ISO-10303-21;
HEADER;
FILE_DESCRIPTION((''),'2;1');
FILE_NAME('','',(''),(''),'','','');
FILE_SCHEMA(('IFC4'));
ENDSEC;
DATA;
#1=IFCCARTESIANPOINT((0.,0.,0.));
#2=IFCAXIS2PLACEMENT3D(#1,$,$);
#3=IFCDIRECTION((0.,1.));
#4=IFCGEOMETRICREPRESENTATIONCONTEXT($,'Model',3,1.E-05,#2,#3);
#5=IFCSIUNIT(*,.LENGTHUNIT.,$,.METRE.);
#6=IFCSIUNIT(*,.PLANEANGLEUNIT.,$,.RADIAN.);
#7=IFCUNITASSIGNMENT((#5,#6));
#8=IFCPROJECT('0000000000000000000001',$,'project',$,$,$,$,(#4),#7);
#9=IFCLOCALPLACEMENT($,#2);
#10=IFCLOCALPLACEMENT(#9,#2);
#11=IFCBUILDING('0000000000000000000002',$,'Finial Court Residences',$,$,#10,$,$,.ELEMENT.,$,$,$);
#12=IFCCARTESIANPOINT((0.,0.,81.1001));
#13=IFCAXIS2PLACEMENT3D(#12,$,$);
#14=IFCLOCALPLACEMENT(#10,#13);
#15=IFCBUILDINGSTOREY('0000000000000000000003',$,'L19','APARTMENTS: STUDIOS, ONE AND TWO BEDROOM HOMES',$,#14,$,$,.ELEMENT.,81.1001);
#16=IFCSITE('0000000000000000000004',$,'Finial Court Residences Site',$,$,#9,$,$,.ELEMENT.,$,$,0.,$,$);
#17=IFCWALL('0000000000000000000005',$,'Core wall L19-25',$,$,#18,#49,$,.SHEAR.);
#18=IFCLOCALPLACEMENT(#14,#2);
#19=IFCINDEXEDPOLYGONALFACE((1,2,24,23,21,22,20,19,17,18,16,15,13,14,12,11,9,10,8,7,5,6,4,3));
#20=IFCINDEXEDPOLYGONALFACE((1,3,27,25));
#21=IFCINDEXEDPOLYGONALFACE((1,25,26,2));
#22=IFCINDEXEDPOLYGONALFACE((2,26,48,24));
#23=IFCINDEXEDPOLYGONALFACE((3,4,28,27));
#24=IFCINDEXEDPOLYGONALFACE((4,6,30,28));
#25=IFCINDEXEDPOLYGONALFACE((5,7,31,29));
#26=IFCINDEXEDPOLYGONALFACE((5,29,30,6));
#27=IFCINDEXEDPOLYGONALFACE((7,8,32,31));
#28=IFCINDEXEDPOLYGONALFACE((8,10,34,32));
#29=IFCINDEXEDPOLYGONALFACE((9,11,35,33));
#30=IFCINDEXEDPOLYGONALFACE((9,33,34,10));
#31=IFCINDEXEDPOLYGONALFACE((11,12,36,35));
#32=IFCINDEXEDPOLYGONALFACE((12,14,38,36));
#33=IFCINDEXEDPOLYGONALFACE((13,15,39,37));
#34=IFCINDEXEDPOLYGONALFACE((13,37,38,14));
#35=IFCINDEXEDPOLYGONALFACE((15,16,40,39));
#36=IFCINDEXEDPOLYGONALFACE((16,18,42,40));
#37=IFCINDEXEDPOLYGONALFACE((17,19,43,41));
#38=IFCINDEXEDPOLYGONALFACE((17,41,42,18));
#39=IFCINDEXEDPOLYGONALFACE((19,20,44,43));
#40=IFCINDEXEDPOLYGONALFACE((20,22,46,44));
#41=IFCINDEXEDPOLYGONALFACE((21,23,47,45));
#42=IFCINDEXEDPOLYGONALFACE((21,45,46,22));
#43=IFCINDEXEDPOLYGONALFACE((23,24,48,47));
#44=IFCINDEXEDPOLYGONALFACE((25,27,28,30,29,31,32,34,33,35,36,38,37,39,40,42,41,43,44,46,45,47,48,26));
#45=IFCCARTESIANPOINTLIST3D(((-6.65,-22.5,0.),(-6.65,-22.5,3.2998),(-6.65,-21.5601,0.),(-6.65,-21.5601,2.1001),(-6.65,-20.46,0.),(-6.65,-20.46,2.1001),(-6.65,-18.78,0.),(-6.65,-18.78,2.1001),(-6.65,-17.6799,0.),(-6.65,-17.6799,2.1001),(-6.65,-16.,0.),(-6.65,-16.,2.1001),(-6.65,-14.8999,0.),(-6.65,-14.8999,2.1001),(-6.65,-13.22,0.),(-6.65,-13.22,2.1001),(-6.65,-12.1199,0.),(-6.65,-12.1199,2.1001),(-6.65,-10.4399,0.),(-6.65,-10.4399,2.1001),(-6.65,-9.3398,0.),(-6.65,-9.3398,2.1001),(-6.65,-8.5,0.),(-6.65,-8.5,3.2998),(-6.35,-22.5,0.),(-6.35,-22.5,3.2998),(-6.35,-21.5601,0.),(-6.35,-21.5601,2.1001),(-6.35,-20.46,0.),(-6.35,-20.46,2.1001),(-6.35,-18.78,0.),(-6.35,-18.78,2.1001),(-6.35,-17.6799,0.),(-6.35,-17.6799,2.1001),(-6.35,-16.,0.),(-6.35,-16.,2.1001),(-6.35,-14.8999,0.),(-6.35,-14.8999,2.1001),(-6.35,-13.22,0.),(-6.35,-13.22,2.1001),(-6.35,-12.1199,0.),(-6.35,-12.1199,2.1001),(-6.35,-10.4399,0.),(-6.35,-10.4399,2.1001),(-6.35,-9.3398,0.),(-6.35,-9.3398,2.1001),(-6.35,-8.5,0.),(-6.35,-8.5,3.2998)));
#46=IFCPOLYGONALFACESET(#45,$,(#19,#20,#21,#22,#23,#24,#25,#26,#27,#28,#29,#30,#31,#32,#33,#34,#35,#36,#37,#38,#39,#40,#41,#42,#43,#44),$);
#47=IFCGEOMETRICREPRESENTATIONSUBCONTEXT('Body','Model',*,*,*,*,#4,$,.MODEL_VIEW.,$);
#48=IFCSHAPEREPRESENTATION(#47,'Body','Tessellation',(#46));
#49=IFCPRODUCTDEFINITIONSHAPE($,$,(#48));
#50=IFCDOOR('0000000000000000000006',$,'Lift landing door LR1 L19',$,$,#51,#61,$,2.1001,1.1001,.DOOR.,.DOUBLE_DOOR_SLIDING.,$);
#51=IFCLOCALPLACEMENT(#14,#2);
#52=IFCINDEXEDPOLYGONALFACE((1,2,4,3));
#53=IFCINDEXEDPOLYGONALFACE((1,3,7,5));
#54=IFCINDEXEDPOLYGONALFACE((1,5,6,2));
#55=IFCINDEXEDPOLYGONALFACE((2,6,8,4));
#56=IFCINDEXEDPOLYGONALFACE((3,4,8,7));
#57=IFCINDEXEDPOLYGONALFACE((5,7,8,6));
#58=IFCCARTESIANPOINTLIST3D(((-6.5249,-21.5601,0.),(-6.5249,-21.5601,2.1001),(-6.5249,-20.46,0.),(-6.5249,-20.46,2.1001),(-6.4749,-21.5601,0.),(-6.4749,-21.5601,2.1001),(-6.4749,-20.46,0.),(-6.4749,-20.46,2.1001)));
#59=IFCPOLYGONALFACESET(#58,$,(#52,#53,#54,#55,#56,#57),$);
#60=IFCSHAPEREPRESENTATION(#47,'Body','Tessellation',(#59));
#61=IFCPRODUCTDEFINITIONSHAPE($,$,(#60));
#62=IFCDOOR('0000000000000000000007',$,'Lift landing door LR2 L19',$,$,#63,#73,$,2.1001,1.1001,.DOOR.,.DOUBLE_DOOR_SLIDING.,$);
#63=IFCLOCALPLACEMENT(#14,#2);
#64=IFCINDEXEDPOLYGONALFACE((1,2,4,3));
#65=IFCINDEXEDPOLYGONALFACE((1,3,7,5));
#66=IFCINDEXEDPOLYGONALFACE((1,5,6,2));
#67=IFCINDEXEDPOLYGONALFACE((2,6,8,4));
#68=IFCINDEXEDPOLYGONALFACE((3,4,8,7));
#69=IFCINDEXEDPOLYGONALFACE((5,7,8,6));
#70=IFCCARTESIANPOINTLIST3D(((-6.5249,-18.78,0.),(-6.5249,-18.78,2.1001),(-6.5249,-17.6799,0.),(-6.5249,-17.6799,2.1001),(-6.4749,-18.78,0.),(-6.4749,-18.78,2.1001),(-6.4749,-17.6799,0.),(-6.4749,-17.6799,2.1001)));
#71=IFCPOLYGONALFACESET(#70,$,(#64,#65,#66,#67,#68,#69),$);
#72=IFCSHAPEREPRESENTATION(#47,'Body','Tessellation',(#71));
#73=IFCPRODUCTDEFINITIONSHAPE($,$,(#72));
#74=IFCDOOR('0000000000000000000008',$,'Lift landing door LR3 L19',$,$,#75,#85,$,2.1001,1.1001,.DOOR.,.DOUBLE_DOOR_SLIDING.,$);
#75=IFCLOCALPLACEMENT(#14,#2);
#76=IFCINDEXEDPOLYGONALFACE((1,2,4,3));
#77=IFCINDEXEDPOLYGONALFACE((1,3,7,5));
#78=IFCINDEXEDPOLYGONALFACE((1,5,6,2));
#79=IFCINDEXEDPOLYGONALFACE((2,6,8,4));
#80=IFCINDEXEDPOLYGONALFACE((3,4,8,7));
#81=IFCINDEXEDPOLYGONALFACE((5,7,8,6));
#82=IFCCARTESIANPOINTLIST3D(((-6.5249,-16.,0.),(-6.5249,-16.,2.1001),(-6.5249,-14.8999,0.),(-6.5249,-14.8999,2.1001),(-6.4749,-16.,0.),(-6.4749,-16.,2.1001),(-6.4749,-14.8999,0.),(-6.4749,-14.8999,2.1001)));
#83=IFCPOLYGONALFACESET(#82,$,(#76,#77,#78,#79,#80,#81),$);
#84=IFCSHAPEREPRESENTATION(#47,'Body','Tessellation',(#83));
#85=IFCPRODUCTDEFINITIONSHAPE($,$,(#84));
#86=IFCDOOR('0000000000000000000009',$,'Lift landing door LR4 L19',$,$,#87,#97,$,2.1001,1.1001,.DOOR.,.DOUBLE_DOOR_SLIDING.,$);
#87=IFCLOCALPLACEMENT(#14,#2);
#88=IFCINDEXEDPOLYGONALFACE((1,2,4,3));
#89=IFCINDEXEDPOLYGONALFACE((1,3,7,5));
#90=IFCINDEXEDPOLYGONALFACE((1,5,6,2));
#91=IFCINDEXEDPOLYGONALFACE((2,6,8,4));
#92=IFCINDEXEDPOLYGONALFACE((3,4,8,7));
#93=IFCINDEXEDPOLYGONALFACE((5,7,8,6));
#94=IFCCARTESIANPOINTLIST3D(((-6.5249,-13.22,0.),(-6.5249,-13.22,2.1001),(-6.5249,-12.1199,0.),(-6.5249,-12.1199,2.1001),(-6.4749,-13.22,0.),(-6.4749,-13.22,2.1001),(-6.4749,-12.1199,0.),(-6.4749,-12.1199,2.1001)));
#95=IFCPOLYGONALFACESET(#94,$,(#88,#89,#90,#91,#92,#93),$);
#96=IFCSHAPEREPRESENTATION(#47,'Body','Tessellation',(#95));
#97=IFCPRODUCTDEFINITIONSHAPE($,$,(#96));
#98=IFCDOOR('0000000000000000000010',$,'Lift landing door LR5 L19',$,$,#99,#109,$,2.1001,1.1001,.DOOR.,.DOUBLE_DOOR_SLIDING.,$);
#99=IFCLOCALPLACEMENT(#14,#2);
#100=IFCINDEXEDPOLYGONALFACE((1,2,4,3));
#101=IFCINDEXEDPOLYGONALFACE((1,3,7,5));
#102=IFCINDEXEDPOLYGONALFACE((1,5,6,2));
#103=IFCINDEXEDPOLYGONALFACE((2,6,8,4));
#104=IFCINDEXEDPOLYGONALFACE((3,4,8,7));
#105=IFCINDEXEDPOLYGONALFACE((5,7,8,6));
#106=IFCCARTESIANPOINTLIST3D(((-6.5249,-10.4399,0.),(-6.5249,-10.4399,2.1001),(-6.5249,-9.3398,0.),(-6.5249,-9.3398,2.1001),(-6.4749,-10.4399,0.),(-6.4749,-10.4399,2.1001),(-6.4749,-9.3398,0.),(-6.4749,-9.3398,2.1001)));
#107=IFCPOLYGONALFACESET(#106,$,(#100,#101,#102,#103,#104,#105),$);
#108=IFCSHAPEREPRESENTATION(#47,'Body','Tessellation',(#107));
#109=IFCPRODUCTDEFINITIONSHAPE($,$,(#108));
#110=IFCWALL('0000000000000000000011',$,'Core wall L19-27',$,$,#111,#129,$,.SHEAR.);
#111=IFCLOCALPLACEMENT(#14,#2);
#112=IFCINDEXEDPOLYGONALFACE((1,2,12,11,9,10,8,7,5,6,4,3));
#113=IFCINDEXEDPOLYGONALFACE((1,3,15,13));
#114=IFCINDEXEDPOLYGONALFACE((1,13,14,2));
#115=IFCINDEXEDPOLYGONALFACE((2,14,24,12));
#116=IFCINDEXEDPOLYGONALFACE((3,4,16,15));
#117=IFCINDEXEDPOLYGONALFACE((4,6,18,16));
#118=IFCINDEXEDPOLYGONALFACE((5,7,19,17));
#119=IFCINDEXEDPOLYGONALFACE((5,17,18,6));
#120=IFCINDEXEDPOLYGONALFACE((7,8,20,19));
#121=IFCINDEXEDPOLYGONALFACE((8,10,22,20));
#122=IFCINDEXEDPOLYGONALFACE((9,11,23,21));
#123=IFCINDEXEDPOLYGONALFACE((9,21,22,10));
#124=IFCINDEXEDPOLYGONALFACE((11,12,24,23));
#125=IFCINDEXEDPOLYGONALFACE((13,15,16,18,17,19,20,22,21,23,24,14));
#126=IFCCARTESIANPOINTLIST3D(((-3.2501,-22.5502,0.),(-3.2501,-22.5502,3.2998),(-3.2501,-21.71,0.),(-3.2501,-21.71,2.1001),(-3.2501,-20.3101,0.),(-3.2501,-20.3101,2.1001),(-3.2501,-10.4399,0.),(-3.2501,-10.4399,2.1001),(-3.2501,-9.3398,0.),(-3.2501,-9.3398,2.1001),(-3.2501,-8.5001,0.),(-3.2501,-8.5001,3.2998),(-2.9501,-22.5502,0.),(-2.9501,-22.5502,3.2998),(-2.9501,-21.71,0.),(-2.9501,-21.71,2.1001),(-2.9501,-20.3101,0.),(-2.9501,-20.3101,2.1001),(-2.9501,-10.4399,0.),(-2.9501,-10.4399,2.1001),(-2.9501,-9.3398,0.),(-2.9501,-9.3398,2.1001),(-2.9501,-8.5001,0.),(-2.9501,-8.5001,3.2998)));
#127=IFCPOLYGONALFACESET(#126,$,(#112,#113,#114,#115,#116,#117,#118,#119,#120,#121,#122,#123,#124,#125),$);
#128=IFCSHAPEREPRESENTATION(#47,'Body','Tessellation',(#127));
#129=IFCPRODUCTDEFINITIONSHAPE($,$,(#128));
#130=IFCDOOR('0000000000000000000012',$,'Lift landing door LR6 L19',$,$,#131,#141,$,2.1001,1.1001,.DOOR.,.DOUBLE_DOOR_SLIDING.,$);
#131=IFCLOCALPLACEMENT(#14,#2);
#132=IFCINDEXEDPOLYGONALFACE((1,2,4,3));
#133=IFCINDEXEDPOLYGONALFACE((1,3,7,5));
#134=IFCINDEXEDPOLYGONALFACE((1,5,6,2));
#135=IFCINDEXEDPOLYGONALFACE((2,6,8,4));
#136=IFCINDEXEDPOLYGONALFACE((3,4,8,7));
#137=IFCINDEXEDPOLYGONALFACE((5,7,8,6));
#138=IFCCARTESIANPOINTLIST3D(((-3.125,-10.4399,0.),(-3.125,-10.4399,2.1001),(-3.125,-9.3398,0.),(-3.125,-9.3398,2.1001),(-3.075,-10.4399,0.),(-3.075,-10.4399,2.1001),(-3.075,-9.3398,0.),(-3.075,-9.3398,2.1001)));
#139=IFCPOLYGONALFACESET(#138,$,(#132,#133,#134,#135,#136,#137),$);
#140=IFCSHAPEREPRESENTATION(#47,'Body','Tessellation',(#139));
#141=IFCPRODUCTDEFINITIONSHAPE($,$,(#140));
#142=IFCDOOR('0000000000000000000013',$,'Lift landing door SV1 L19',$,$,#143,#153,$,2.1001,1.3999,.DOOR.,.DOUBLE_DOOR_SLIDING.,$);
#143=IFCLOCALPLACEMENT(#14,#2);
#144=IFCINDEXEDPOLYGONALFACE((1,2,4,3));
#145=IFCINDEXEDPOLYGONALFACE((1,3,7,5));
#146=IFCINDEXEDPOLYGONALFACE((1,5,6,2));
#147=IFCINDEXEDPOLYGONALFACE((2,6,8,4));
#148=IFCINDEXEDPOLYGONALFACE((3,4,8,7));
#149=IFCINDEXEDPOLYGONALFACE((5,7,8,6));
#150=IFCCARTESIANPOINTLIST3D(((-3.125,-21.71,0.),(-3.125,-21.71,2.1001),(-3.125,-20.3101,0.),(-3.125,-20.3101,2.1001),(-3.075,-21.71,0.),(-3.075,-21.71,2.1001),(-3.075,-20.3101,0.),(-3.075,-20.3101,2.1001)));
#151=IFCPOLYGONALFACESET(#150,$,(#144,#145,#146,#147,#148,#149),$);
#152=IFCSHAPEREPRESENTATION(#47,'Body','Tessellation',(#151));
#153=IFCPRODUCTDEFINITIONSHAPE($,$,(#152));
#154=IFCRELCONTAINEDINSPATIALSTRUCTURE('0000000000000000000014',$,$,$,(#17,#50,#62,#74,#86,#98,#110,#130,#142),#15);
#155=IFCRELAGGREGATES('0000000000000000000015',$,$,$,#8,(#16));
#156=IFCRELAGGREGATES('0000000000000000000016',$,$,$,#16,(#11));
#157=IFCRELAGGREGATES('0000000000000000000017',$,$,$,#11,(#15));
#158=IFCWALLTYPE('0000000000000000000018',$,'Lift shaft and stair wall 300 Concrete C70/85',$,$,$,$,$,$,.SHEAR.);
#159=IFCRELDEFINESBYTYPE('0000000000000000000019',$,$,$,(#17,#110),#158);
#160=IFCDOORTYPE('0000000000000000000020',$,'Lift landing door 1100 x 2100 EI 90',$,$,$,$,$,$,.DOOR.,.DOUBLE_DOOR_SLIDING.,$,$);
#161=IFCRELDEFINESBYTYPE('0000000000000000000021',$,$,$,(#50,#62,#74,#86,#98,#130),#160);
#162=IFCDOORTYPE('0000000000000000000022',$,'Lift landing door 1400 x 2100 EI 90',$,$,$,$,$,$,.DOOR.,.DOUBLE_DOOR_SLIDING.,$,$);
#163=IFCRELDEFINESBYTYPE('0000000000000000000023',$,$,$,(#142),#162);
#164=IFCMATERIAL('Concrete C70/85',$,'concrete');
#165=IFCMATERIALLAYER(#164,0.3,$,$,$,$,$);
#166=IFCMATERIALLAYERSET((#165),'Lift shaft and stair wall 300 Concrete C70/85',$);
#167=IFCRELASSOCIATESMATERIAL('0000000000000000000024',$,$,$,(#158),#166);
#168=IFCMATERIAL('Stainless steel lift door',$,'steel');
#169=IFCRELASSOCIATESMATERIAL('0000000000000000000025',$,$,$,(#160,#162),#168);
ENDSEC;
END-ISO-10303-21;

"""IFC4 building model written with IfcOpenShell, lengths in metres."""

from ifc_helpers import new_model, si_unit, direction, frame, frame_2d, origin, place, context, subcontext, project, spatial, rectangle, extrude, material, layer, layer_set, type_object, element, fill, save


model = new_model("IFC4")

# Units and contexts
model_context = context("Model", 3, precision=1e-05, world=origin(), true_north=direction((0.0, 1.0)))
body_context = subcontext(model_context, "Body", "Model", "MODEL_VIEW")
ifc_project = project(units=[si_unit("LENGTHUNIT", "METRE"), si_unit("PLANEANGLEUNIT", "RADIAN")], contexts=[model_context])

# Site, building, storey
site_placement = place(None, origin())
site = spatial("IfcSite", under=ifc_project, at=site_placement, Name="Finial Court Residences Site", CompositionType="ELEMENT", RefElevation=0.0)
building_placement = place(site_placement, origin())
building = spatial("IfcBuilding", under=site, at=building_placement, Name="Finial Court Residences", CompositionType="ELEMENT")
storey_placement = place(building_placement, frame((0.0, 0.0, 81.1001)))
storey = spatial("IfcBuildingStorey", under=building, at=storey_placement, Name="L19", Description="APARTMENTS: STUDIOS, ONE AND TWO BEDROOM HOMES", CompositionType="ELEMENT", Elevation=81.1001)

# Shared definitions
ifc_material_1 = material(Name="Concrete C70/85", Category="concrete")
ifc_layer_1 = layer(ifc_material_1, 0.3)
ifc_layer_set_1 = layer_set([ifc_layer_1], Name="Lift shaft and stair wall 300 Concrete C70/85")
wall_type_1 = type_object("IfcWallType", Name="Lift shaft and stair wall 300 Concrete C70/85", PredefinedType="SHEAR", material=ifc_layer_set_1)

# Walls, openings, doors
wall_1_placement = place(storey_placement, frame((-6.5, -22.5, 0.0), z_axis=(0.0, 0.0, 1.0), x_axis=(0.0, 1.0, 0.0)))
wall_1 = element("IfcWall", 1, at=wall_1_placement, inside=storey, type_object=wall_type_1, Name="Core wall L19-25", PredefinedType="SHEAR", context=body_context, shape_type="SweptSolid", body=[
    extrude(rectangle(XDim=14.0, YDim=0.3, at=frame_2d((7.0, 0.0))), origin(), (0.0, 0.0, 1.0), 3.2998),
])
opening_1_placement = place(wall_1_placement, frame((0.9399, 0.0, 0.0)))
opening_1 = element("IfcOpeningElement", 2, at=opening_1_placement, cuts=wall_1, PredefinedType="OPENING", context=body_context, shape_type="SweptSolid", body=[
    extrude(rectangle(XDim=1.1001, YDim=2.1001, at=frame_2d((0.55, 1.05))), frame((0.0, 0.1599, 0.0), z_axis=(0.0, -1.0, 0.0), x_axis=(1.0, 0.0, 0.0)), (0.0, 0.0, 1.0), 0.3201),
])
opening_2_placement = place(wall_1_placement, frame((3.72, 0.0, 0.0)))
opening_2 = element("IfcOpeningElement", 3, at=opening_2_placement, cuts=wall_1, PredefinedType="OPENING", context=body_context, shape_type="SweptSolid", body=[
    extrude(rectangle(XDim=1.1001, YDim=2.1001, at=frame_2d((0.55, 1.05))), frame((0.0, 0.1599, 0.0), z_axis=(0.0, -1.0, 0.0), x_axis=(1.0, 0.0, 0.0)), (0.0, 0.0, 1.0), 0.3201),
])
opening_3_placement = place(wall_1_placement, frame((6.5, 0.0, 0.0)))
opening_3 = element("IfcOpeningElement", 4, at=opening_3_placement, cuts=wall_1, PredefinedType="OPENING", context=body_context, shape_type="SweptSolid", body=[
    extrude(rectangle(XDim=1.1001, YDim=2.1001, at=frame_2d((0.55, 1.05))), frame((0.0, 0.1599, 0.0), z_axis=(0.0, -1.0, 0.0), x_axis=(1.0, 0.0, 0.0)), (0.0, 0.0, 1.0), 0.3201),
])
opening_4_placement = place(wall_1_placement, frame((9.28, 0.0, 0.0)))
opening_4 = element("IfcOpeningElement", 5, at=opening_4_placement, cuts=wall_1, PredefinedType="OPENING", context=body_context, shape_type="SweptSolid", body=[
    extrude(rectangle(XDim=1.1001, YDim=2.1001, at=frame_2d((0.55, 1.05))), frame((0.0, 0.1599, 0.0), z_axis=(0.0, -1.0, 0.0), x_axis=(1.0, 0.0, 0.0)), (0.0, 0.0, 1.0), 0.3201),
])
opening_5_placement = place(wall_1_placement, frame((12.0601, 0.0, 0.0)))
opening_5 = element("IfcOpeningElement", 6, at=opening_5_placement, cuts=wall_1, PredefinedType="OPENING", context=body_context, shape_type="SweptSolid", body=[
    extrude(rectangle(XDim=1.1001, YDim=2.1001, at=frame_2d((0.55, 1.05))), frame((0.0, 0.1599, 0.0), z_axis=(0.0, -1.0, 0.0), x_axis=(1.0, 0.0, 0.0)), (0.0, 0.0, 1.0), 0.3201),
])
ifc_material_2 = material(Name="Stainless steel lift door", Category="steel")
door_type_1 = type_object("IfcDoorType", Name="Lift landing door 1100 x 2100 EI 90", OperationType="DOUBLE_DOOR_SLIDING", PredefinedType="DOOR", material=ifc_material_2)
door_1_placement = place(opening_1_placement, origin())
door_1 = element("IfcDoor", 7, at=door_1_placement, inside=storey, type_object=door_type_1, Name="Lift landing door LR1 L19", OperationType="DOUBLE_DOOR_SLIDING", OverallHeight=2.1001, OverallWidth=1.1001, PredefinedType="DOOR", context=body_context, shape_type="SweptSolid", body=[
    extrude(rectangle(XDim=1.1001, YDim=2.1001, at=frame_2d((0.55, 1.05))), frame((0.0, 0.0249, 0.0), z_axis=(0.0, -1.0, 0.0), x_axis=(1.0, 0.0, 0.0)), (0.0, 0.0, 1.0), 0.05),
])
fill(opening_1, door_1)
door_2_placement = place(opening_2_placement, origin())
door_2 = element("IfcDoor", 8, at=door_2_placement, inside=storey, type_object=door_type_1, Name="Lift landing door LR2 L19", OperationType="DOUBLE_DOOR_SLIDING", OverallHeight=2.1001, OverallWidth=1.1001, PredefinedType="DOOR", context=body_context, shape_type="SweptSolid", body=[
    extrude(rectangle(XDim=1.1001, YDim=2.1001, at=frame_2d((0.55, 1.05))), frame((0.0, 0.0249, 0.0), z_axis=(0.0, -1.0, 0.0), x_axis=(1.0, 0.0, 0.0)), (0.0, 0.0, 1.0), 0.05),
])
fill(opening_2, door_2)
door_3_placement = place(opening_3_placement, origin())
door_3 = element("IfcDoor", 9, at=door_3_placement, inside=storey, type_object=door_type_1, Name="Lift landing door LR3 L19", OperationType="DOUBLE_DOOR_SLIDING", OverallHeight=2.1001, OverallWidth=1.1001, PredefinedType="DOOR", context=body_context, shape_type="SweptSolid", body=[
    extrude(rectangle(XDim=1.1001, YDim=2.1001, at=frame_2d((0.55, 1.05))), frame((0.0, 0.0249, 0.0), z_axis=(0.0, -1.0, 0.0), x_axis=(1.0, 0.0, 0.0)), (0.0, 0.0, 1.0), 0.05),
])
fill(opening_3, door_3)
door_4_placement = place(opening_4_placement, origin())
door_4 = element("IfcDoor", 10, at=door_4_placement, inside=storey, type_object=door_type_1, Name="Lift landing door LR4 L19", OperationType="DOUBLE_DOOR_SLIDING", OverallHeight=2.1001, OverallWidth=1.1001, PredefinedType="DOOR", context=body_context, shape_type="SweptSolid", body=[
    extrude(rectangle(XDim=1.1001, YDim=2.1001, at=frame_2d((0.55, 1.05))), frame((0.0, 0.0249, 0.0), z_axis=(0.0, -1.0, 0.0), x_axis=(1.0, 0.0, 0.0)), (0.0, 0.0, 1.0), 0.05),
])
fill(opening_4, door_4)
door_5_placement = place(opening_5_placement, origin())
door_5 = element("IfcDoor", 11, at=door_5_placement, inside=storey, type_object=door_type_1, Name="Lift landing door LR5 L19", OperationType="DOUBLE_DOOR_SLIDING", OverallHeight=2.1001, OverallWidth=1.1001, PredefinedType="DOOR", context=body_context, shape_type="SweptSolid", body=[
    extrude(rectangle(XDim=1.1001, YDim=2.1001, at=frame_2d((0.55, 1.05))), frame((0.0, 0.0249, 0.0), z_axis=(0.0, -1.0, 0.0), x_axis=(1.0, 0.0, 0.0)), (0.0, 0.0, 1.0), 0.05),
])
fill(opening_5, door_5)
wall_2_placement = place(storey_placement, frame((-3.1001, -22.55, 0.0), z_axis=(0.0, 0.0, 1.0), x_axis=(0.0, 1.0, 0.0)))
wall_2 = element("IfcWall", 12, at=wall_2_placement, inside=storey, type_object=wall_type_1, Name="Core wall L19-27", PredefinedType="SHEAR", context=body_context, shape_type="SweptSolid", body=[
    extrude(rectangle(XDim=14.05, YDim=0.3, at=frame_2d((7.0249, 0.0))), origin(), (0.0, 0.0, 1.0), 3.2998),
])
opening_6_placement = place(wall_2_placement, frame((12.1101, 0.0, 0.0)))
opening_6 = element("IfcOpeningElement", 13, at=opening_6_placement, cuts=wall_2, PredefinedType="OPENING", context=body_context, shape_type="SweptSolid", body=[
    extrude(rectangle(XDim=1.1001, YDim=2.1001, at=frame_2d((0.55, 1.05))), frame((0.0, 0.1599, 0.0), z_axis=(0.0, -1.0, 0.0), x_axis=(1.0, 0.0, 0.0)), (0.0, 0.0, 1.0), 0.3201),
])
opening_7_placement = place(wall_2_placement, frame((0.8401, 0.0, 0.0)))
opening_7 = element("IfcOpeningElement", 14, at=opening_7_placement, cuts=wall_2, PredefinedType="OPENING", context=body_context, shape_type="SweptSolid", body=[
    extrude(rectangle(XDim=1.3999, YDim=2.1001, at=frame_2d((0.7, 1.05))), frame((0.0, 0.1599, 0.0), z_axis=(0.0, -1.0, 0.0), x_axis=(1.0, 0.0, 0.0)), (0.0, 0.0, 1.0), 0.3201),
])
door_6_placement = place(opening_6_placement, origin())
door_6 = element("IfcDoor", 15, at=door_6_placement, inside=storey, type_object=door_type_1, Name="Lift landing door LR6 L19", OperationType="DOUBLE_DOOR_SLIDING", OverallHeight=2.1001, OverallWidth=1.1001, PredefinedType="DOOR", context=body_context, shape_type="SweptSolid", body=[
    extrude(rectangle(XDim=1.1001, YDim=2.1001, at=frame_2d((0.55, 1.05))), frame((0.0, 0.0249, 0.0), z_axis=(0.0, -1.0, 0.0), x_axis=(1.0, 0.0, 0.0)), (0.0, 0.0, 1.0), 0.05),
])
fill(opening_6, door_6)
door_type_2 = type_object("IfcDoorType", Name="Lift landing door 1400 x 2100 EI 90", OperationType="DOUBLE_DOOR_SLIDING", PredefinedType="DOOR", material=ifc_material_2)
door_7_placement = place(opening_7_placement, origin())
door_7 = element("IfcDoor", 16, at=door_7_placement, inside=storey, type_object=door_type_2, Name="Lift landing door SV1 L19", OperationType="DOUBLE_DOOR_SLIDING", OverallHeight=2.1001, OverallWidth=1.3999, PredefinedType="DOOR", context=body_context, shape_type="SweptSolid", body=[
    extrude(rectangle(XDim=1.3999, YDim=2.1001, at=frame_2d((0.7, 1.05))), frame((0.0, 0.0249, 0.0), z_axis=(0.0, -1.0, 0.0), x_axis=(1.0, 0.0, 0.0)), (0.0, 0.0, 1.0), 0.05),
])
fill(opening_7, door_7)

save(model, "model.ifc")
